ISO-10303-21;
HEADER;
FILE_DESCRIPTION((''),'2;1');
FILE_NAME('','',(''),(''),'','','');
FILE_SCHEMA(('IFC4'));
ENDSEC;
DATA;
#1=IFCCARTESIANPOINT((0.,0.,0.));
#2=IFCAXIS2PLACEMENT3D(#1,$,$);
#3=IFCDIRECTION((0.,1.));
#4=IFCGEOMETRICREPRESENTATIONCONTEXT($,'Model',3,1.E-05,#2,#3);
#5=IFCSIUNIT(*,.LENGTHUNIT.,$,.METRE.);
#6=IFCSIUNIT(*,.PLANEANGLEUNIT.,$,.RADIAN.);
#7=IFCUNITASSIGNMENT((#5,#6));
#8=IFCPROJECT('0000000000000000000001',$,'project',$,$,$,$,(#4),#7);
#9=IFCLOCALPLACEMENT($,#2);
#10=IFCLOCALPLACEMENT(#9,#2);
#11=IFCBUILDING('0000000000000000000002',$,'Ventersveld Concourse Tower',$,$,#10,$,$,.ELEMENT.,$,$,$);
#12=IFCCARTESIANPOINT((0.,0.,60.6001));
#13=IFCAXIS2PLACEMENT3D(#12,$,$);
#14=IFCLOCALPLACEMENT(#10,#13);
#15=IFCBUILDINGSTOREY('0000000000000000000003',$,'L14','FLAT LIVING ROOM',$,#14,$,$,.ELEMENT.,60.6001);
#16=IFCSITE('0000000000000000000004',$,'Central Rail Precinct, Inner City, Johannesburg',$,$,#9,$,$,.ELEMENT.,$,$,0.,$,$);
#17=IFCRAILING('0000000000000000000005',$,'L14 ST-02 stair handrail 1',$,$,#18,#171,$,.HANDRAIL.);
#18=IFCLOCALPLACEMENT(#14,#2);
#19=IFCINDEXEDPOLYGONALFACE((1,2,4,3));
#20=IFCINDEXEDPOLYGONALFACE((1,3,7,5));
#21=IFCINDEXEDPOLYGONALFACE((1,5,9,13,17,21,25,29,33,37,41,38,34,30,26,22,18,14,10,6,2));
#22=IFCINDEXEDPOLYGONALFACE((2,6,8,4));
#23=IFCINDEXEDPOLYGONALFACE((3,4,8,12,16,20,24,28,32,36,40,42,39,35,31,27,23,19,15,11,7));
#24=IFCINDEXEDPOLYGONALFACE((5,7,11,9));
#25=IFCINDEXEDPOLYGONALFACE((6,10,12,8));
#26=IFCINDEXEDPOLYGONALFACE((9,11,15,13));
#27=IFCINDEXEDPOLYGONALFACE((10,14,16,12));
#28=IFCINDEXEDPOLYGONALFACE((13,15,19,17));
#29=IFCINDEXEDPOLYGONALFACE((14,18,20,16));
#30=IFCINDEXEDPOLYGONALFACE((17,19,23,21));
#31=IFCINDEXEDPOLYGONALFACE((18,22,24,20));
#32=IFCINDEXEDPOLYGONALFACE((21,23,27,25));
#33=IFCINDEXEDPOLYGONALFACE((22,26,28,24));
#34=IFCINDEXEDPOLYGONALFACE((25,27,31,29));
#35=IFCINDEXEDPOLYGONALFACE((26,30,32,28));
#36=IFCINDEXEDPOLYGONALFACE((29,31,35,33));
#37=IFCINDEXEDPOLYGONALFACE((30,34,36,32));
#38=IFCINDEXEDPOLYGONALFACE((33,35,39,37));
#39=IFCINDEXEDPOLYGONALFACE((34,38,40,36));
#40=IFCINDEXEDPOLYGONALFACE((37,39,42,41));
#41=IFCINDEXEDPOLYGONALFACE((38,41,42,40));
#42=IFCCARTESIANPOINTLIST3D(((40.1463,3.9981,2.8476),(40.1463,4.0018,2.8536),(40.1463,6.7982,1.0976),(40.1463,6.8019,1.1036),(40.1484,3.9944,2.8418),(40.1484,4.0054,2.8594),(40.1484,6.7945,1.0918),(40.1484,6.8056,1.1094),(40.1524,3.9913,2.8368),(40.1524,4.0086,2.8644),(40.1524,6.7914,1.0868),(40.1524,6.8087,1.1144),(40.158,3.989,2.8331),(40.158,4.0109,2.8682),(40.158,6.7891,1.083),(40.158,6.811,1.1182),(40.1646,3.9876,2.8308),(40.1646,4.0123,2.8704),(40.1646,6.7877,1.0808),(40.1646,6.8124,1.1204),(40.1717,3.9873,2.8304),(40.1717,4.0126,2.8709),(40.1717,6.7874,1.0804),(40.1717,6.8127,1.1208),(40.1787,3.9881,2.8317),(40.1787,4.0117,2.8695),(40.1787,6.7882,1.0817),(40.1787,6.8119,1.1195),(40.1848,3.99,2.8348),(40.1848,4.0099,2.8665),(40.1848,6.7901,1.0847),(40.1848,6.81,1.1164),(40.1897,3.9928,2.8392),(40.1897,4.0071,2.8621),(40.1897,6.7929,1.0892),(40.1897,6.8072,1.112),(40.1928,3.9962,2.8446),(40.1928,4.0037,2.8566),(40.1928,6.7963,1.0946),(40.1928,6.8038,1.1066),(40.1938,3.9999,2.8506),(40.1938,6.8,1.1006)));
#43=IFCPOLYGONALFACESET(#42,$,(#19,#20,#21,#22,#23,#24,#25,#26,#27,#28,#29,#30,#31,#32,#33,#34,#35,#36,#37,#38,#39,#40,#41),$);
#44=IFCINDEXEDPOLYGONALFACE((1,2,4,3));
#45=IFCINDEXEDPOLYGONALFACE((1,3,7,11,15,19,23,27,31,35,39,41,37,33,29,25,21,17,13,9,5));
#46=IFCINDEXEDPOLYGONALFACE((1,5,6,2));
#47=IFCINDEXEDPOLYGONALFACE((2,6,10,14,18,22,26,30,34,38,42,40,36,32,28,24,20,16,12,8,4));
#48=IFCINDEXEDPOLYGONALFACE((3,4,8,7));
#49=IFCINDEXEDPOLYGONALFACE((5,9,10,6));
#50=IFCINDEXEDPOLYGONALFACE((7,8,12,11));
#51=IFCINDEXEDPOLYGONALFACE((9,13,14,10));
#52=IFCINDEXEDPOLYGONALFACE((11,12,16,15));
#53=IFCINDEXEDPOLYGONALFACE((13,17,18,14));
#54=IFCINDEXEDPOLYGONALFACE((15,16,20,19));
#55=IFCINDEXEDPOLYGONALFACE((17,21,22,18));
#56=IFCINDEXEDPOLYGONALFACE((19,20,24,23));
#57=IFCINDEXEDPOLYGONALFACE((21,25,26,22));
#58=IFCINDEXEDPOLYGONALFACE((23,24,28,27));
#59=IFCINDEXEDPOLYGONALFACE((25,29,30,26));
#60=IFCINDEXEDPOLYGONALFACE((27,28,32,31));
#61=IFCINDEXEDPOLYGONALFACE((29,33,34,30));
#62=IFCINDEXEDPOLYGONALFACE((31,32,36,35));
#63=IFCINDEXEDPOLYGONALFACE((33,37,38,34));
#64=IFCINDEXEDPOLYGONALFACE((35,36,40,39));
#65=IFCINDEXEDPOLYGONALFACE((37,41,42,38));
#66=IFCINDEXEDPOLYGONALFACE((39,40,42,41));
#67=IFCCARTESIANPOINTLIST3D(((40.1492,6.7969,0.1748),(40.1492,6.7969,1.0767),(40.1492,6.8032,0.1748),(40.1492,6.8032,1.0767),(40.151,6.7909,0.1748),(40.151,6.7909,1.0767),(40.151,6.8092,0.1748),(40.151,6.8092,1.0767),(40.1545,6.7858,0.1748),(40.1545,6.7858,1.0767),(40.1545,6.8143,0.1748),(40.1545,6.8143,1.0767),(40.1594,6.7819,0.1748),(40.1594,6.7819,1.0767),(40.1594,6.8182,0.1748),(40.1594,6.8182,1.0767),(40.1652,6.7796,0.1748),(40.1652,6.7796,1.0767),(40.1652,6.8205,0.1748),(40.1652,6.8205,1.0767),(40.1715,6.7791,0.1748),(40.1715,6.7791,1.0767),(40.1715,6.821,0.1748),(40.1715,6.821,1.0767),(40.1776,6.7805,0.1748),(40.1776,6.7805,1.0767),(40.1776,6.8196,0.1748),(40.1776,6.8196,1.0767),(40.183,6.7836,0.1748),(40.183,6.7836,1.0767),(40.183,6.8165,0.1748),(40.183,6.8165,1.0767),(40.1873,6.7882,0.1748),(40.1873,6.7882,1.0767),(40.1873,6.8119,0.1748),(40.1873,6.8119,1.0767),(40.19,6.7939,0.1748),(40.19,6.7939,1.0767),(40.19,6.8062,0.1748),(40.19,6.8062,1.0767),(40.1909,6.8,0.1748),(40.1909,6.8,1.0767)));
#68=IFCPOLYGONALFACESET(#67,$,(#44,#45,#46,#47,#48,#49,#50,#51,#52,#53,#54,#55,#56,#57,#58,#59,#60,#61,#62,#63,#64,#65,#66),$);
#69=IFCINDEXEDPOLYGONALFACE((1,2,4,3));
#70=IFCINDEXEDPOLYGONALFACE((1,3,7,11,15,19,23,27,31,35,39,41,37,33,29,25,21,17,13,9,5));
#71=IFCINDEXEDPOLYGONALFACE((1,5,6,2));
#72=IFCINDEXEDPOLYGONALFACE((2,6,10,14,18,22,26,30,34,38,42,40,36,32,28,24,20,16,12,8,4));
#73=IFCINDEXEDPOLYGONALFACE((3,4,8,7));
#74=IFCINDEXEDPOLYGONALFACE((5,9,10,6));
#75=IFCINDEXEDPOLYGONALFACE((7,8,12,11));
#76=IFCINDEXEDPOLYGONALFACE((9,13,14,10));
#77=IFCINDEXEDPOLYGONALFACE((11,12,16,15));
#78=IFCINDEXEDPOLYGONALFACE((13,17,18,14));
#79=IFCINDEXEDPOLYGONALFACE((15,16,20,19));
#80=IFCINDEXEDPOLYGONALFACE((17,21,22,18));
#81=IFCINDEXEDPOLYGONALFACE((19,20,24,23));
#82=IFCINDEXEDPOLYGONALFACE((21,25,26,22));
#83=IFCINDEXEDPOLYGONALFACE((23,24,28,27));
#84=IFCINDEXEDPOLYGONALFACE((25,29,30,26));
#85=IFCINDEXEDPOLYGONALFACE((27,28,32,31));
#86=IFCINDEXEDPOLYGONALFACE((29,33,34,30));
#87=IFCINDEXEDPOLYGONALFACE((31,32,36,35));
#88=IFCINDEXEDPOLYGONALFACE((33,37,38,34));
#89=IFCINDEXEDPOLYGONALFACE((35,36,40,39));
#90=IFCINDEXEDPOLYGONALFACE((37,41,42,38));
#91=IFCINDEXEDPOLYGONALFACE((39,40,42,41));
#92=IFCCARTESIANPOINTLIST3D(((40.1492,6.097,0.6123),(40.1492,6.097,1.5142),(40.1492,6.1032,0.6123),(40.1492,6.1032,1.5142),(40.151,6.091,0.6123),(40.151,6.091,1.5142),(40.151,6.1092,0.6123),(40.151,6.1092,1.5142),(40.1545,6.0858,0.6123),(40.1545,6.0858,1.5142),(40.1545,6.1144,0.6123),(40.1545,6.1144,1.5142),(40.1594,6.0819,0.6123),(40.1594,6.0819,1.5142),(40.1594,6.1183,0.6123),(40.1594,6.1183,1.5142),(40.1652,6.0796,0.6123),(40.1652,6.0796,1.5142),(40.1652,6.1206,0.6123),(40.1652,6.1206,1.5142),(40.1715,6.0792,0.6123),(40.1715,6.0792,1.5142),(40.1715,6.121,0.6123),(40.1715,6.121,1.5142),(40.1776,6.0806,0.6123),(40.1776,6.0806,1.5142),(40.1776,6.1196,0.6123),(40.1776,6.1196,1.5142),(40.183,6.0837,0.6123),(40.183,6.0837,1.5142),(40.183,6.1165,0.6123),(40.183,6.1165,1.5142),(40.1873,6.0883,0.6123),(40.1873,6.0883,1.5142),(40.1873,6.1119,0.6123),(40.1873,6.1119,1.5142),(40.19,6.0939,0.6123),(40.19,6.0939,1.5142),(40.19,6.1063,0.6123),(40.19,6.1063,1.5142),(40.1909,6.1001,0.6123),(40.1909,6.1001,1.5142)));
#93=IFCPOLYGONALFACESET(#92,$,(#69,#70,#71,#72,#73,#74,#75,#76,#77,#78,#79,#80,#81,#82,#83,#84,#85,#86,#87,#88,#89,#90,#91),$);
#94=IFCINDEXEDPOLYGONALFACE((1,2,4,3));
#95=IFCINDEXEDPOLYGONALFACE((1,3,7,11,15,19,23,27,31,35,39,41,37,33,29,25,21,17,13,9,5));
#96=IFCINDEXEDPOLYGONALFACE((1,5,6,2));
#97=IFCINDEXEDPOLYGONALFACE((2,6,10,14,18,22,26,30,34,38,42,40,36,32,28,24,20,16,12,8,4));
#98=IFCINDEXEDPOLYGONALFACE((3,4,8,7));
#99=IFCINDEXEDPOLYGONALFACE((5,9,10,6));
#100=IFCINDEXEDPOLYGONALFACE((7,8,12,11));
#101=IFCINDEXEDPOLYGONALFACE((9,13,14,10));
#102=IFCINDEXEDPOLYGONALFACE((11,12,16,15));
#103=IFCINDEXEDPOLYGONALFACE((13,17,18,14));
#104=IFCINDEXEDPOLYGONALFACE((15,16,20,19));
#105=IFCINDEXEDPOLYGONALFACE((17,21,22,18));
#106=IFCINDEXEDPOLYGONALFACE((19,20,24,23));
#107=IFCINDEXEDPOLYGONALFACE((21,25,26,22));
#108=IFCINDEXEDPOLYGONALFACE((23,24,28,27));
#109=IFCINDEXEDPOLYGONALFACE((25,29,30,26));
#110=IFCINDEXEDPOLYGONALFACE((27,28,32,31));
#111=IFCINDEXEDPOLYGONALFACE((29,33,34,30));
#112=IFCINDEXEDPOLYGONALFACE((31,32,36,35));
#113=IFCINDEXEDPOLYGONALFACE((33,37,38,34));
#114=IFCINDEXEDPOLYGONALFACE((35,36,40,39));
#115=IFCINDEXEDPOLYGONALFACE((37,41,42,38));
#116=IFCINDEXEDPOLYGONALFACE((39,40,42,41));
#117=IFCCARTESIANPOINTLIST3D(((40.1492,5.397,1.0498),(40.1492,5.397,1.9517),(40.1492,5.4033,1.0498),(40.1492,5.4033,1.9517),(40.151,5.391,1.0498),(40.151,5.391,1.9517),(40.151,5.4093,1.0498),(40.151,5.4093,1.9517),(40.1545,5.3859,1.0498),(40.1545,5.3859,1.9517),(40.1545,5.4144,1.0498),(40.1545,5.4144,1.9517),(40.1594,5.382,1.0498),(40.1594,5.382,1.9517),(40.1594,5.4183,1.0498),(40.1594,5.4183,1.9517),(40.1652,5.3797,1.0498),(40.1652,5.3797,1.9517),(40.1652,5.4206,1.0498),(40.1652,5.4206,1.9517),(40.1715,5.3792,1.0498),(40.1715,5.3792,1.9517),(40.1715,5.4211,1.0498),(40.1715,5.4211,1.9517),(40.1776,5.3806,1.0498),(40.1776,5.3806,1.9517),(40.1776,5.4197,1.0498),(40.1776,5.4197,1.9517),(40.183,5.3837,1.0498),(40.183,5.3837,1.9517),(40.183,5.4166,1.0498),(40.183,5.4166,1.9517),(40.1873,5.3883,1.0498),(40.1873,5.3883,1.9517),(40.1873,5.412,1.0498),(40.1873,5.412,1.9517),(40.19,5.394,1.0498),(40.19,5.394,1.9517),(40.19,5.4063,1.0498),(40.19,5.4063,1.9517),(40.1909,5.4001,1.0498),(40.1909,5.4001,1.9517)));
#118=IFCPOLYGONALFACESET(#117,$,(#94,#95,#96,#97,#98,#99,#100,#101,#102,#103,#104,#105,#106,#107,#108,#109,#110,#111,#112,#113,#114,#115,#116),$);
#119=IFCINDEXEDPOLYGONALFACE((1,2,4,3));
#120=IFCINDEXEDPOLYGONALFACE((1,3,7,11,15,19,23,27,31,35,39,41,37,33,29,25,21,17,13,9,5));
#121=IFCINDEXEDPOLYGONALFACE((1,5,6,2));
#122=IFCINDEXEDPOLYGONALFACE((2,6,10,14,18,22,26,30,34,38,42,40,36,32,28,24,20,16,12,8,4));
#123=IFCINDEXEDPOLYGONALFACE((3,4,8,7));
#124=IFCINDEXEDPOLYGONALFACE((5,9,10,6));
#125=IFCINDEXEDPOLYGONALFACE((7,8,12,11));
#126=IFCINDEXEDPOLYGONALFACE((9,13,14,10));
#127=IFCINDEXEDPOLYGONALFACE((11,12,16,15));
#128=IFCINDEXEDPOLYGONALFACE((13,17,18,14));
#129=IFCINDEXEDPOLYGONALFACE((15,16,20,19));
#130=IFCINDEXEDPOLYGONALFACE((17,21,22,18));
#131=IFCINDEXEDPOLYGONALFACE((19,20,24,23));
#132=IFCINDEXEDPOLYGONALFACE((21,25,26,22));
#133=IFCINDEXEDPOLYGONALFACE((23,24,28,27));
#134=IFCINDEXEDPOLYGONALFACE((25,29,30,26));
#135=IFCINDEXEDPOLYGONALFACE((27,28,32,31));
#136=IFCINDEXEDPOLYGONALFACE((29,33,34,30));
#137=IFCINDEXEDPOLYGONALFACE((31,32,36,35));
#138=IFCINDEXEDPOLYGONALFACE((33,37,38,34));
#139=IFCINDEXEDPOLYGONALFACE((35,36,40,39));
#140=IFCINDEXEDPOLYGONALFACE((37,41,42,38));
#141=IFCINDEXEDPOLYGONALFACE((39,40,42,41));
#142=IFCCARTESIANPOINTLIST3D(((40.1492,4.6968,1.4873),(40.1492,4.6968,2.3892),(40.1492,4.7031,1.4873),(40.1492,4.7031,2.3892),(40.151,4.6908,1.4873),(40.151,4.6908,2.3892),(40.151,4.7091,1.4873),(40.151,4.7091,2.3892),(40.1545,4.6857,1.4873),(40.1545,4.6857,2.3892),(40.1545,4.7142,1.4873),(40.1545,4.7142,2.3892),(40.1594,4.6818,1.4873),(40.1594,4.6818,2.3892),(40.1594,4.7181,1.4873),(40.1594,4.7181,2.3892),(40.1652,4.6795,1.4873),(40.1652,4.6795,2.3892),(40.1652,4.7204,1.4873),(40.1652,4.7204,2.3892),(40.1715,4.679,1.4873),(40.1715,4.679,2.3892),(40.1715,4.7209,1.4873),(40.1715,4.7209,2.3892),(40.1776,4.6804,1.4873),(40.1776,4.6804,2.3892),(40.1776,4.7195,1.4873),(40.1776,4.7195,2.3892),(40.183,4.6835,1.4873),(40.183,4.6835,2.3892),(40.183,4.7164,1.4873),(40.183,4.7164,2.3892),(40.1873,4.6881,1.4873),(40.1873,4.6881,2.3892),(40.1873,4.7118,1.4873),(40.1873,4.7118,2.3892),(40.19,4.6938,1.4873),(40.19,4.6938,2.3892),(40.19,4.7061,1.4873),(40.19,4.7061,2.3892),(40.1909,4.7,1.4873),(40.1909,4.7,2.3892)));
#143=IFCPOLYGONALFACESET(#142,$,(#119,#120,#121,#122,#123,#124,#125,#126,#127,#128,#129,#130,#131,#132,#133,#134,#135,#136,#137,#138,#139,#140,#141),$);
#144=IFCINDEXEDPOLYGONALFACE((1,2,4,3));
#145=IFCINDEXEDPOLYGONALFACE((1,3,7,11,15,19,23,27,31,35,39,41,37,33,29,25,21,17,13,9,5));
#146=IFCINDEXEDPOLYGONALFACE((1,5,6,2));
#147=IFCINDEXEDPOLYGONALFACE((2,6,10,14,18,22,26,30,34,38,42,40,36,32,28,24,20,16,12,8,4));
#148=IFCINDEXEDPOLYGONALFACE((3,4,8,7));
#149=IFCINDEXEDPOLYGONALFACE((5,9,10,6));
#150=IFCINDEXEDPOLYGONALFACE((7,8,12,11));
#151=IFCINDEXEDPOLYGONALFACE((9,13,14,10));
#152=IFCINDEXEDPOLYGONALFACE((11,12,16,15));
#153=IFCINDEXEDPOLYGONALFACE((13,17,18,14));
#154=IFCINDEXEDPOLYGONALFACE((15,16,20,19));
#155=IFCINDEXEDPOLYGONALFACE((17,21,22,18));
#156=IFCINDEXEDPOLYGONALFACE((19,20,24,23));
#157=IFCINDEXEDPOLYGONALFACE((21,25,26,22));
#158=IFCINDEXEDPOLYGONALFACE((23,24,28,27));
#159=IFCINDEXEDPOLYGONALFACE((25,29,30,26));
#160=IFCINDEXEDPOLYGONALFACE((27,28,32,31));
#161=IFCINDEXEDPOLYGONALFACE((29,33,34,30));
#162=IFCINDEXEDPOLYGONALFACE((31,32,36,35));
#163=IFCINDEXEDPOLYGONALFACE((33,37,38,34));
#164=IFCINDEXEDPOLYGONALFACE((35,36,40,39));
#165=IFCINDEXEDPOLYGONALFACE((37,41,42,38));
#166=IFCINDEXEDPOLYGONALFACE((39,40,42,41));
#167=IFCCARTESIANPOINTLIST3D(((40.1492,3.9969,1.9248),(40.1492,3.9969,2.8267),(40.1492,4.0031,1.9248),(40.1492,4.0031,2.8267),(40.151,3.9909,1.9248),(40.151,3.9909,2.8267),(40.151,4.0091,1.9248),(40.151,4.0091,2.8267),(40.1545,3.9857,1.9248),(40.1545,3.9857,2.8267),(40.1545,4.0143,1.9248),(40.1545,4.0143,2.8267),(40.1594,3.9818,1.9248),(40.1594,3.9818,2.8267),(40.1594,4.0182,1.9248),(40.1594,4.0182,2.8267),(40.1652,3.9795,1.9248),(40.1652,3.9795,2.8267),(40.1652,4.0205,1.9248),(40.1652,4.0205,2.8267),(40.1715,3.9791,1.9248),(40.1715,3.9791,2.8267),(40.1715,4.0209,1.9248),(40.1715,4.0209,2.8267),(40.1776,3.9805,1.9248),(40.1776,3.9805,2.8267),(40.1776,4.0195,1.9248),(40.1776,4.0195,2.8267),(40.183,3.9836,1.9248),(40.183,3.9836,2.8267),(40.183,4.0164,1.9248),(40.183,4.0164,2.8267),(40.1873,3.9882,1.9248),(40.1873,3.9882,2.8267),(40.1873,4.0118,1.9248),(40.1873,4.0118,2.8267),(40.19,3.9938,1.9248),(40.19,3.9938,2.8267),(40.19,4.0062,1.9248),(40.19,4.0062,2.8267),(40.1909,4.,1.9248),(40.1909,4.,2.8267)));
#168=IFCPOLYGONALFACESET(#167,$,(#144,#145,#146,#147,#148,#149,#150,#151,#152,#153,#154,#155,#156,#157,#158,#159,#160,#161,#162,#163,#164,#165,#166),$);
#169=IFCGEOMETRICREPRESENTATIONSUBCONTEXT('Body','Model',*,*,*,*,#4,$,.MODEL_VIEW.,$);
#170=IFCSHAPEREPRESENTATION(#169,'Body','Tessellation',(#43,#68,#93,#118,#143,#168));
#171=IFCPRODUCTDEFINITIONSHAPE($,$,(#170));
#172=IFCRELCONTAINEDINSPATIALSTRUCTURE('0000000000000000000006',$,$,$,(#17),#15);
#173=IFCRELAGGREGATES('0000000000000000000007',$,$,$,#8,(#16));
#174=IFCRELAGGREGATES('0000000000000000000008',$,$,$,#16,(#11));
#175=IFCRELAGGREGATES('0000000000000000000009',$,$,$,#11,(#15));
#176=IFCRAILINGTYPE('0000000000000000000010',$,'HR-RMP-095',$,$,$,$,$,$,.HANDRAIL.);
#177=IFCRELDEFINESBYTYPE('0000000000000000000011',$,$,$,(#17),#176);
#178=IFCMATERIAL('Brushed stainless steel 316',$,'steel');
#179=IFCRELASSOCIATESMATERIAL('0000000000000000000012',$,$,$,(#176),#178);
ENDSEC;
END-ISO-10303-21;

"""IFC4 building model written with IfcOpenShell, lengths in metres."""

from ifc_helpers import new_model, si_unit, direction, frame, origin, origin_2d, place, context, subcontext, project, spatial, circle, extrude, material, type_object, element, save


model = new_model("IFC4")

# Units and contexts
model_context = context("Model", 3, precision=1e-05, world=origin(), true_north=direction((0.0, 1.0)))
body_context = subcontext(model_context, "Body", "Model", "MODEL_VIEW")
ifc_project = project(units=[si_unit("LENGTHUNIT", "METRE"), si_unit("PLANEANGLEUNIT", "RADIAN")], contexts=[model_context])

# Site, building, storey
site_placement = place(None, origin())
site = spatial("IfcSite", under=ifc_project, at=site_placement, Name="Central Rail Precinct, Inner City, Johannesburg", CompositionType="ELEMENT", RefElevation=0.0)
building_placement = place(site_placement, origin())
building = spatial("IfcBuilding", under=site, at=building_placement, Name="Ventersveld Concourse Tower", CompositionType="ELEMENT")
storey_placement = place(building_placement, frame((0.0, 0.0, 60.6001)))
storey = spatial("IfcBuildingStorey", under=building, at=storey_placement, Name="L14", Description="FLAT LIVING ROOM", CompositionType="ELEMENT", Elevation=60.6001)

# Railing
ifc_material_1 = material(Name="Brushed stainless steel 316", Category="steel")
railing_type_1 = type_object("IfcRailingType", Name="HR-RMP-095", PredefinedType="HANDRAIL", material=ifc_material_1)
railing_1_placement = place(storey_placement, frame((40.1699, 6.8, 0.1748)))
element("IfcRailing", 1, at=railing_1_placement, inside=storey, type_object=railing_type_1, Name="L14 ST-02 stair handrail 1", PredefinedType="HANDRAIL", context=body_context, shape_type="SweptSolid", body=[
    extrude(circle(Radius=0.0239, at=origin_2d()), frame((0.0, 0.0, 0.9258), z_axis=(0.0, -0.848002, 0.529992), x_axis=(1.0, 0.0, 0.0)), (0.0, 0.0, 1.0), 3.302),
    extrude(circle(Radius=0.021, at=origin_2d()), origin(), (0.0, 0.0, 1.0), 0.9019),
    extrude(circle(Radius=0.021, at=origin_2d()), frame((0.0, -0.7, 0.4375)), (0.0, 0.0, 1.0), 0.9019),
    extrude(circle(Radius=0.021, at=origin_2d()), frame((0.0, -1.3999, 0.875)), (0.0, 0.0, 1.0), 0.9019),
    extrude(circle(Radius=0.021, at=origin_2d()), frame((0.0, -2.1001, 1.3125)), (0.0, 0.0, 1.0), 0.9019),
    extrude(circle(Radius=0.021, at=origin_2d()), frame((0.0, -2.8, 1.75)), (0.0, 0.0, 1.0), 0.9019),
])

save(model, "model.ifc")
